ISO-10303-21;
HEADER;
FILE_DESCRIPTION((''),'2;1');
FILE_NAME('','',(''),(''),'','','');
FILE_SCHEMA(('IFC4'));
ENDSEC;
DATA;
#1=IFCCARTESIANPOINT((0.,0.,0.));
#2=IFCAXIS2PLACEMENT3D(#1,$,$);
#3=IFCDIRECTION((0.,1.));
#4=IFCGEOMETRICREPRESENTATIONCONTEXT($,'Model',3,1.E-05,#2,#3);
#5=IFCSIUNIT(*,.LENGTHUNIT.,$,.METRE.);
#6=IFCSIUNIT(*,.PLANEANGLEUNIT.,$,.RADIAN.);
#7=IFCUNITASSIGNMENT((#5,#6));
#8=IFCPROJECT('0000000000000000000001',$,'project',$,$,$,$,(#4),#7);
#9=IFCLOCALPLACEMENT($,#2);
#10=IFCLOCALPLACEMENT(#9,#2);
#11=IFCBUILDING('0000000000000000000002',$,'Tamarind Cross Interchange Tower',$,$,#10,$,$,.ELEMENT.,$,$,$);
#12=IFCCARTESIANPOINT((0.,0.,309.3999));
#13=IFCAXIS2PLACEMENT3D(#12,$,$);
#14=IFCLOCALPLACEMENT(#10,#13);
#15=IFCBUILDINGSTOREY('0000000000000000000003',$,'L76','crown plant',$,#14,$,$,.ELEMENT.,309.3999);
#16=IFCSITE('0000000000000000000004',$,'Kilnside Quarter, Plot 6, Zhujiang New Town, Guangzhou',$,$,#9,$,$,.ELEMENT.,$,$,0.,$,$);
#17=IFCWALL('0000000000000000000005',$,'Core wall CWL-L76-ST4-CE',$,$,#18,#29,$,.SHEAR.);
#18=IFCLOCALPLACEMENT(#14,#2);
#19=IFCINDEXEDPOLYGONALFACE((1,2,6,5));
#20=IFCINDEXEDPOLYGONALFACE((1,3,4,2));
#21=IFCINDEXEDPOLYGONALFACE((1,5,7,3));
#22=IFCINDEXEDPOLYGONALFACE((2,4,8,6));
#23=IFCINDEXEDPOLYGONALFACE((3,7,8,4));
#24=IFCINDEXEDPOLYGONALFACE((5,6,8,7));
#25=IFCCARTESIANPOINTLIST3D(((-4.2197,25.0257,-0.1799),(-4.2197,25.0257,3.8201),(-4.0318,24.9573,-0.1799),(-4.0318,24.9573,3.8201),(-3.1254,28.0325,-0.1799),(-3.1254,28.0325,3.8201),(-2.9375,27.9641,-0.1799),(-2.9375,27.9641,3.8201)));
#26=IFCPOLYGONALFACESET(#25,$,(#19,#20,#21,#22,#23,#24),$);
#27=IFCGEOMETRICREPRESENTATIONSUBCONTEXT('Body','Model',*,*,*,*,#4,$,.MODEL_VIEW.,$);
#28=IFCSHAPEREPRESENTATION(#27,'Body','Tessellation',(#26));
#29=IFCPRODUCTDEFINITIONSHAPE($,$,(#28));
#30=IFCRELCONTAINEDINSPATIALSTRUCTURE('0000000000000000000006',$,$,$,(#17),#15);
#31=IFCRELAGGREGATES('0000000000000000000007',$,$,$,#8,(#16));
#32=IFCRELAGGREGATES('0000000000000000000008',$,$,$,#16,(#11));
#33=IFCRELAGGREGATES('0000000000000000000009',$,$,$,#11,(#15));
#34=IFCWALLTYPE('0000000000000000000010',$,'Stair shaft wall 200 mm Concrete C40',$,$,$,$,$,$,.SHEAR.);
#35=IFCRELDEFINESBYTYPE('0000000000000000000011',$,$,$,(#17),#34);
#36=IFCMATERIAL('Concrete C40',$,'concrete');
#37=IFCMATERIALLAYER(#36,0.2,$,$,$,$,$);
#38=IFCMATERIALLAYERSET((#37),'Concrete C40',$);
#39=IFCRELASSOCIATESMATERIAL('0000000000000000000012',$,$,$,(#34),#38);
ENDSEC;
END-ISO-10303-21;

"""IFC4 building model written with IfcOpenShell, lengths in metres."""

from ifc_helpers import new_model, si_unit, direction, frame, frame_2d, origin, place, context, subcontext, project, spatial, rectangle, extrude, material, layer, layer_set, type_object, element, save


model = new_model("IFC4")

# Units and contexts
model_context = context("Model", 3, precision=1e-05, world=origin(), true_north=direction((0.0, 1.0)))
body_context = subcontext(model_context, "Body", "Model", "MODEL_VIEW")
ifc_project = project(units=[si_unit("LENGTHUNIT", "METRE"), si_unit("PLANEANGLEUNIT", "RADIAN")], contexts=[model_context])

# Site, building, storey
site_placement = place(None, origin())
site = spatial("IfcSite", under=ifc_project, at=site_placement, Name="Kilnside Quarter, Plot 6, Zhujiang New Town, Guangzhou", CompositionType="ELEMENT", RefElevation=0.0)
building_placement = place(site_placement, origin())
building = spatial("IfcBuilding", under=site, at=building_placement, Name="Tamarind Cross Interchange Tower", CompositionType="ELEMENT")
storey_placement = place(building_placement, frame((0.0, 0.0, 309.3999)))
storey = spatial("IfcBuildingStorey", under=building, at=storey_placement, Name="L76", Description="crown plant", CompositionType="ELEMENT", Elevation=309.3999)

# Wall
ifc_material_1 = material(Name="Concrete C40", Category="concrete")
ifc_layer_1 = layer(ifc_material_1, 0.2)
ifc_layer_set_1 = layer_set([ifc_layer_1], Name="Concrete C40")
wall_type_1 = type_object("IfcWallType", Name="Stair shaft wall 200 mm Concrete C40", PredefinedType="SHEAR", material=ifc_layer_set_1)
wall_1_placement = place(storey_placement, frame((-3.0315, 27.9983, -0.1799), z_axis=(0.0, 0.0, 1.0), x_axis=(-0.341976, -0.939709, 0.0)))
element("IfcWall", 1, at=wall_1_placement, inside=storey, type_object=wall_type_1, Name="Core wall CWL-L76-ST4-CE", PredefinedType="SHEAR", context=body_context, shape_type="SweptSolid", body=[
    extrude(rectangle(XDim=3.1997, YDim=0.2, at=frame_2d((1.5999, 0.0))), origin(), (0.0, 0.0, 1.0), 4.0),
])

save(model, "model.ifc")
